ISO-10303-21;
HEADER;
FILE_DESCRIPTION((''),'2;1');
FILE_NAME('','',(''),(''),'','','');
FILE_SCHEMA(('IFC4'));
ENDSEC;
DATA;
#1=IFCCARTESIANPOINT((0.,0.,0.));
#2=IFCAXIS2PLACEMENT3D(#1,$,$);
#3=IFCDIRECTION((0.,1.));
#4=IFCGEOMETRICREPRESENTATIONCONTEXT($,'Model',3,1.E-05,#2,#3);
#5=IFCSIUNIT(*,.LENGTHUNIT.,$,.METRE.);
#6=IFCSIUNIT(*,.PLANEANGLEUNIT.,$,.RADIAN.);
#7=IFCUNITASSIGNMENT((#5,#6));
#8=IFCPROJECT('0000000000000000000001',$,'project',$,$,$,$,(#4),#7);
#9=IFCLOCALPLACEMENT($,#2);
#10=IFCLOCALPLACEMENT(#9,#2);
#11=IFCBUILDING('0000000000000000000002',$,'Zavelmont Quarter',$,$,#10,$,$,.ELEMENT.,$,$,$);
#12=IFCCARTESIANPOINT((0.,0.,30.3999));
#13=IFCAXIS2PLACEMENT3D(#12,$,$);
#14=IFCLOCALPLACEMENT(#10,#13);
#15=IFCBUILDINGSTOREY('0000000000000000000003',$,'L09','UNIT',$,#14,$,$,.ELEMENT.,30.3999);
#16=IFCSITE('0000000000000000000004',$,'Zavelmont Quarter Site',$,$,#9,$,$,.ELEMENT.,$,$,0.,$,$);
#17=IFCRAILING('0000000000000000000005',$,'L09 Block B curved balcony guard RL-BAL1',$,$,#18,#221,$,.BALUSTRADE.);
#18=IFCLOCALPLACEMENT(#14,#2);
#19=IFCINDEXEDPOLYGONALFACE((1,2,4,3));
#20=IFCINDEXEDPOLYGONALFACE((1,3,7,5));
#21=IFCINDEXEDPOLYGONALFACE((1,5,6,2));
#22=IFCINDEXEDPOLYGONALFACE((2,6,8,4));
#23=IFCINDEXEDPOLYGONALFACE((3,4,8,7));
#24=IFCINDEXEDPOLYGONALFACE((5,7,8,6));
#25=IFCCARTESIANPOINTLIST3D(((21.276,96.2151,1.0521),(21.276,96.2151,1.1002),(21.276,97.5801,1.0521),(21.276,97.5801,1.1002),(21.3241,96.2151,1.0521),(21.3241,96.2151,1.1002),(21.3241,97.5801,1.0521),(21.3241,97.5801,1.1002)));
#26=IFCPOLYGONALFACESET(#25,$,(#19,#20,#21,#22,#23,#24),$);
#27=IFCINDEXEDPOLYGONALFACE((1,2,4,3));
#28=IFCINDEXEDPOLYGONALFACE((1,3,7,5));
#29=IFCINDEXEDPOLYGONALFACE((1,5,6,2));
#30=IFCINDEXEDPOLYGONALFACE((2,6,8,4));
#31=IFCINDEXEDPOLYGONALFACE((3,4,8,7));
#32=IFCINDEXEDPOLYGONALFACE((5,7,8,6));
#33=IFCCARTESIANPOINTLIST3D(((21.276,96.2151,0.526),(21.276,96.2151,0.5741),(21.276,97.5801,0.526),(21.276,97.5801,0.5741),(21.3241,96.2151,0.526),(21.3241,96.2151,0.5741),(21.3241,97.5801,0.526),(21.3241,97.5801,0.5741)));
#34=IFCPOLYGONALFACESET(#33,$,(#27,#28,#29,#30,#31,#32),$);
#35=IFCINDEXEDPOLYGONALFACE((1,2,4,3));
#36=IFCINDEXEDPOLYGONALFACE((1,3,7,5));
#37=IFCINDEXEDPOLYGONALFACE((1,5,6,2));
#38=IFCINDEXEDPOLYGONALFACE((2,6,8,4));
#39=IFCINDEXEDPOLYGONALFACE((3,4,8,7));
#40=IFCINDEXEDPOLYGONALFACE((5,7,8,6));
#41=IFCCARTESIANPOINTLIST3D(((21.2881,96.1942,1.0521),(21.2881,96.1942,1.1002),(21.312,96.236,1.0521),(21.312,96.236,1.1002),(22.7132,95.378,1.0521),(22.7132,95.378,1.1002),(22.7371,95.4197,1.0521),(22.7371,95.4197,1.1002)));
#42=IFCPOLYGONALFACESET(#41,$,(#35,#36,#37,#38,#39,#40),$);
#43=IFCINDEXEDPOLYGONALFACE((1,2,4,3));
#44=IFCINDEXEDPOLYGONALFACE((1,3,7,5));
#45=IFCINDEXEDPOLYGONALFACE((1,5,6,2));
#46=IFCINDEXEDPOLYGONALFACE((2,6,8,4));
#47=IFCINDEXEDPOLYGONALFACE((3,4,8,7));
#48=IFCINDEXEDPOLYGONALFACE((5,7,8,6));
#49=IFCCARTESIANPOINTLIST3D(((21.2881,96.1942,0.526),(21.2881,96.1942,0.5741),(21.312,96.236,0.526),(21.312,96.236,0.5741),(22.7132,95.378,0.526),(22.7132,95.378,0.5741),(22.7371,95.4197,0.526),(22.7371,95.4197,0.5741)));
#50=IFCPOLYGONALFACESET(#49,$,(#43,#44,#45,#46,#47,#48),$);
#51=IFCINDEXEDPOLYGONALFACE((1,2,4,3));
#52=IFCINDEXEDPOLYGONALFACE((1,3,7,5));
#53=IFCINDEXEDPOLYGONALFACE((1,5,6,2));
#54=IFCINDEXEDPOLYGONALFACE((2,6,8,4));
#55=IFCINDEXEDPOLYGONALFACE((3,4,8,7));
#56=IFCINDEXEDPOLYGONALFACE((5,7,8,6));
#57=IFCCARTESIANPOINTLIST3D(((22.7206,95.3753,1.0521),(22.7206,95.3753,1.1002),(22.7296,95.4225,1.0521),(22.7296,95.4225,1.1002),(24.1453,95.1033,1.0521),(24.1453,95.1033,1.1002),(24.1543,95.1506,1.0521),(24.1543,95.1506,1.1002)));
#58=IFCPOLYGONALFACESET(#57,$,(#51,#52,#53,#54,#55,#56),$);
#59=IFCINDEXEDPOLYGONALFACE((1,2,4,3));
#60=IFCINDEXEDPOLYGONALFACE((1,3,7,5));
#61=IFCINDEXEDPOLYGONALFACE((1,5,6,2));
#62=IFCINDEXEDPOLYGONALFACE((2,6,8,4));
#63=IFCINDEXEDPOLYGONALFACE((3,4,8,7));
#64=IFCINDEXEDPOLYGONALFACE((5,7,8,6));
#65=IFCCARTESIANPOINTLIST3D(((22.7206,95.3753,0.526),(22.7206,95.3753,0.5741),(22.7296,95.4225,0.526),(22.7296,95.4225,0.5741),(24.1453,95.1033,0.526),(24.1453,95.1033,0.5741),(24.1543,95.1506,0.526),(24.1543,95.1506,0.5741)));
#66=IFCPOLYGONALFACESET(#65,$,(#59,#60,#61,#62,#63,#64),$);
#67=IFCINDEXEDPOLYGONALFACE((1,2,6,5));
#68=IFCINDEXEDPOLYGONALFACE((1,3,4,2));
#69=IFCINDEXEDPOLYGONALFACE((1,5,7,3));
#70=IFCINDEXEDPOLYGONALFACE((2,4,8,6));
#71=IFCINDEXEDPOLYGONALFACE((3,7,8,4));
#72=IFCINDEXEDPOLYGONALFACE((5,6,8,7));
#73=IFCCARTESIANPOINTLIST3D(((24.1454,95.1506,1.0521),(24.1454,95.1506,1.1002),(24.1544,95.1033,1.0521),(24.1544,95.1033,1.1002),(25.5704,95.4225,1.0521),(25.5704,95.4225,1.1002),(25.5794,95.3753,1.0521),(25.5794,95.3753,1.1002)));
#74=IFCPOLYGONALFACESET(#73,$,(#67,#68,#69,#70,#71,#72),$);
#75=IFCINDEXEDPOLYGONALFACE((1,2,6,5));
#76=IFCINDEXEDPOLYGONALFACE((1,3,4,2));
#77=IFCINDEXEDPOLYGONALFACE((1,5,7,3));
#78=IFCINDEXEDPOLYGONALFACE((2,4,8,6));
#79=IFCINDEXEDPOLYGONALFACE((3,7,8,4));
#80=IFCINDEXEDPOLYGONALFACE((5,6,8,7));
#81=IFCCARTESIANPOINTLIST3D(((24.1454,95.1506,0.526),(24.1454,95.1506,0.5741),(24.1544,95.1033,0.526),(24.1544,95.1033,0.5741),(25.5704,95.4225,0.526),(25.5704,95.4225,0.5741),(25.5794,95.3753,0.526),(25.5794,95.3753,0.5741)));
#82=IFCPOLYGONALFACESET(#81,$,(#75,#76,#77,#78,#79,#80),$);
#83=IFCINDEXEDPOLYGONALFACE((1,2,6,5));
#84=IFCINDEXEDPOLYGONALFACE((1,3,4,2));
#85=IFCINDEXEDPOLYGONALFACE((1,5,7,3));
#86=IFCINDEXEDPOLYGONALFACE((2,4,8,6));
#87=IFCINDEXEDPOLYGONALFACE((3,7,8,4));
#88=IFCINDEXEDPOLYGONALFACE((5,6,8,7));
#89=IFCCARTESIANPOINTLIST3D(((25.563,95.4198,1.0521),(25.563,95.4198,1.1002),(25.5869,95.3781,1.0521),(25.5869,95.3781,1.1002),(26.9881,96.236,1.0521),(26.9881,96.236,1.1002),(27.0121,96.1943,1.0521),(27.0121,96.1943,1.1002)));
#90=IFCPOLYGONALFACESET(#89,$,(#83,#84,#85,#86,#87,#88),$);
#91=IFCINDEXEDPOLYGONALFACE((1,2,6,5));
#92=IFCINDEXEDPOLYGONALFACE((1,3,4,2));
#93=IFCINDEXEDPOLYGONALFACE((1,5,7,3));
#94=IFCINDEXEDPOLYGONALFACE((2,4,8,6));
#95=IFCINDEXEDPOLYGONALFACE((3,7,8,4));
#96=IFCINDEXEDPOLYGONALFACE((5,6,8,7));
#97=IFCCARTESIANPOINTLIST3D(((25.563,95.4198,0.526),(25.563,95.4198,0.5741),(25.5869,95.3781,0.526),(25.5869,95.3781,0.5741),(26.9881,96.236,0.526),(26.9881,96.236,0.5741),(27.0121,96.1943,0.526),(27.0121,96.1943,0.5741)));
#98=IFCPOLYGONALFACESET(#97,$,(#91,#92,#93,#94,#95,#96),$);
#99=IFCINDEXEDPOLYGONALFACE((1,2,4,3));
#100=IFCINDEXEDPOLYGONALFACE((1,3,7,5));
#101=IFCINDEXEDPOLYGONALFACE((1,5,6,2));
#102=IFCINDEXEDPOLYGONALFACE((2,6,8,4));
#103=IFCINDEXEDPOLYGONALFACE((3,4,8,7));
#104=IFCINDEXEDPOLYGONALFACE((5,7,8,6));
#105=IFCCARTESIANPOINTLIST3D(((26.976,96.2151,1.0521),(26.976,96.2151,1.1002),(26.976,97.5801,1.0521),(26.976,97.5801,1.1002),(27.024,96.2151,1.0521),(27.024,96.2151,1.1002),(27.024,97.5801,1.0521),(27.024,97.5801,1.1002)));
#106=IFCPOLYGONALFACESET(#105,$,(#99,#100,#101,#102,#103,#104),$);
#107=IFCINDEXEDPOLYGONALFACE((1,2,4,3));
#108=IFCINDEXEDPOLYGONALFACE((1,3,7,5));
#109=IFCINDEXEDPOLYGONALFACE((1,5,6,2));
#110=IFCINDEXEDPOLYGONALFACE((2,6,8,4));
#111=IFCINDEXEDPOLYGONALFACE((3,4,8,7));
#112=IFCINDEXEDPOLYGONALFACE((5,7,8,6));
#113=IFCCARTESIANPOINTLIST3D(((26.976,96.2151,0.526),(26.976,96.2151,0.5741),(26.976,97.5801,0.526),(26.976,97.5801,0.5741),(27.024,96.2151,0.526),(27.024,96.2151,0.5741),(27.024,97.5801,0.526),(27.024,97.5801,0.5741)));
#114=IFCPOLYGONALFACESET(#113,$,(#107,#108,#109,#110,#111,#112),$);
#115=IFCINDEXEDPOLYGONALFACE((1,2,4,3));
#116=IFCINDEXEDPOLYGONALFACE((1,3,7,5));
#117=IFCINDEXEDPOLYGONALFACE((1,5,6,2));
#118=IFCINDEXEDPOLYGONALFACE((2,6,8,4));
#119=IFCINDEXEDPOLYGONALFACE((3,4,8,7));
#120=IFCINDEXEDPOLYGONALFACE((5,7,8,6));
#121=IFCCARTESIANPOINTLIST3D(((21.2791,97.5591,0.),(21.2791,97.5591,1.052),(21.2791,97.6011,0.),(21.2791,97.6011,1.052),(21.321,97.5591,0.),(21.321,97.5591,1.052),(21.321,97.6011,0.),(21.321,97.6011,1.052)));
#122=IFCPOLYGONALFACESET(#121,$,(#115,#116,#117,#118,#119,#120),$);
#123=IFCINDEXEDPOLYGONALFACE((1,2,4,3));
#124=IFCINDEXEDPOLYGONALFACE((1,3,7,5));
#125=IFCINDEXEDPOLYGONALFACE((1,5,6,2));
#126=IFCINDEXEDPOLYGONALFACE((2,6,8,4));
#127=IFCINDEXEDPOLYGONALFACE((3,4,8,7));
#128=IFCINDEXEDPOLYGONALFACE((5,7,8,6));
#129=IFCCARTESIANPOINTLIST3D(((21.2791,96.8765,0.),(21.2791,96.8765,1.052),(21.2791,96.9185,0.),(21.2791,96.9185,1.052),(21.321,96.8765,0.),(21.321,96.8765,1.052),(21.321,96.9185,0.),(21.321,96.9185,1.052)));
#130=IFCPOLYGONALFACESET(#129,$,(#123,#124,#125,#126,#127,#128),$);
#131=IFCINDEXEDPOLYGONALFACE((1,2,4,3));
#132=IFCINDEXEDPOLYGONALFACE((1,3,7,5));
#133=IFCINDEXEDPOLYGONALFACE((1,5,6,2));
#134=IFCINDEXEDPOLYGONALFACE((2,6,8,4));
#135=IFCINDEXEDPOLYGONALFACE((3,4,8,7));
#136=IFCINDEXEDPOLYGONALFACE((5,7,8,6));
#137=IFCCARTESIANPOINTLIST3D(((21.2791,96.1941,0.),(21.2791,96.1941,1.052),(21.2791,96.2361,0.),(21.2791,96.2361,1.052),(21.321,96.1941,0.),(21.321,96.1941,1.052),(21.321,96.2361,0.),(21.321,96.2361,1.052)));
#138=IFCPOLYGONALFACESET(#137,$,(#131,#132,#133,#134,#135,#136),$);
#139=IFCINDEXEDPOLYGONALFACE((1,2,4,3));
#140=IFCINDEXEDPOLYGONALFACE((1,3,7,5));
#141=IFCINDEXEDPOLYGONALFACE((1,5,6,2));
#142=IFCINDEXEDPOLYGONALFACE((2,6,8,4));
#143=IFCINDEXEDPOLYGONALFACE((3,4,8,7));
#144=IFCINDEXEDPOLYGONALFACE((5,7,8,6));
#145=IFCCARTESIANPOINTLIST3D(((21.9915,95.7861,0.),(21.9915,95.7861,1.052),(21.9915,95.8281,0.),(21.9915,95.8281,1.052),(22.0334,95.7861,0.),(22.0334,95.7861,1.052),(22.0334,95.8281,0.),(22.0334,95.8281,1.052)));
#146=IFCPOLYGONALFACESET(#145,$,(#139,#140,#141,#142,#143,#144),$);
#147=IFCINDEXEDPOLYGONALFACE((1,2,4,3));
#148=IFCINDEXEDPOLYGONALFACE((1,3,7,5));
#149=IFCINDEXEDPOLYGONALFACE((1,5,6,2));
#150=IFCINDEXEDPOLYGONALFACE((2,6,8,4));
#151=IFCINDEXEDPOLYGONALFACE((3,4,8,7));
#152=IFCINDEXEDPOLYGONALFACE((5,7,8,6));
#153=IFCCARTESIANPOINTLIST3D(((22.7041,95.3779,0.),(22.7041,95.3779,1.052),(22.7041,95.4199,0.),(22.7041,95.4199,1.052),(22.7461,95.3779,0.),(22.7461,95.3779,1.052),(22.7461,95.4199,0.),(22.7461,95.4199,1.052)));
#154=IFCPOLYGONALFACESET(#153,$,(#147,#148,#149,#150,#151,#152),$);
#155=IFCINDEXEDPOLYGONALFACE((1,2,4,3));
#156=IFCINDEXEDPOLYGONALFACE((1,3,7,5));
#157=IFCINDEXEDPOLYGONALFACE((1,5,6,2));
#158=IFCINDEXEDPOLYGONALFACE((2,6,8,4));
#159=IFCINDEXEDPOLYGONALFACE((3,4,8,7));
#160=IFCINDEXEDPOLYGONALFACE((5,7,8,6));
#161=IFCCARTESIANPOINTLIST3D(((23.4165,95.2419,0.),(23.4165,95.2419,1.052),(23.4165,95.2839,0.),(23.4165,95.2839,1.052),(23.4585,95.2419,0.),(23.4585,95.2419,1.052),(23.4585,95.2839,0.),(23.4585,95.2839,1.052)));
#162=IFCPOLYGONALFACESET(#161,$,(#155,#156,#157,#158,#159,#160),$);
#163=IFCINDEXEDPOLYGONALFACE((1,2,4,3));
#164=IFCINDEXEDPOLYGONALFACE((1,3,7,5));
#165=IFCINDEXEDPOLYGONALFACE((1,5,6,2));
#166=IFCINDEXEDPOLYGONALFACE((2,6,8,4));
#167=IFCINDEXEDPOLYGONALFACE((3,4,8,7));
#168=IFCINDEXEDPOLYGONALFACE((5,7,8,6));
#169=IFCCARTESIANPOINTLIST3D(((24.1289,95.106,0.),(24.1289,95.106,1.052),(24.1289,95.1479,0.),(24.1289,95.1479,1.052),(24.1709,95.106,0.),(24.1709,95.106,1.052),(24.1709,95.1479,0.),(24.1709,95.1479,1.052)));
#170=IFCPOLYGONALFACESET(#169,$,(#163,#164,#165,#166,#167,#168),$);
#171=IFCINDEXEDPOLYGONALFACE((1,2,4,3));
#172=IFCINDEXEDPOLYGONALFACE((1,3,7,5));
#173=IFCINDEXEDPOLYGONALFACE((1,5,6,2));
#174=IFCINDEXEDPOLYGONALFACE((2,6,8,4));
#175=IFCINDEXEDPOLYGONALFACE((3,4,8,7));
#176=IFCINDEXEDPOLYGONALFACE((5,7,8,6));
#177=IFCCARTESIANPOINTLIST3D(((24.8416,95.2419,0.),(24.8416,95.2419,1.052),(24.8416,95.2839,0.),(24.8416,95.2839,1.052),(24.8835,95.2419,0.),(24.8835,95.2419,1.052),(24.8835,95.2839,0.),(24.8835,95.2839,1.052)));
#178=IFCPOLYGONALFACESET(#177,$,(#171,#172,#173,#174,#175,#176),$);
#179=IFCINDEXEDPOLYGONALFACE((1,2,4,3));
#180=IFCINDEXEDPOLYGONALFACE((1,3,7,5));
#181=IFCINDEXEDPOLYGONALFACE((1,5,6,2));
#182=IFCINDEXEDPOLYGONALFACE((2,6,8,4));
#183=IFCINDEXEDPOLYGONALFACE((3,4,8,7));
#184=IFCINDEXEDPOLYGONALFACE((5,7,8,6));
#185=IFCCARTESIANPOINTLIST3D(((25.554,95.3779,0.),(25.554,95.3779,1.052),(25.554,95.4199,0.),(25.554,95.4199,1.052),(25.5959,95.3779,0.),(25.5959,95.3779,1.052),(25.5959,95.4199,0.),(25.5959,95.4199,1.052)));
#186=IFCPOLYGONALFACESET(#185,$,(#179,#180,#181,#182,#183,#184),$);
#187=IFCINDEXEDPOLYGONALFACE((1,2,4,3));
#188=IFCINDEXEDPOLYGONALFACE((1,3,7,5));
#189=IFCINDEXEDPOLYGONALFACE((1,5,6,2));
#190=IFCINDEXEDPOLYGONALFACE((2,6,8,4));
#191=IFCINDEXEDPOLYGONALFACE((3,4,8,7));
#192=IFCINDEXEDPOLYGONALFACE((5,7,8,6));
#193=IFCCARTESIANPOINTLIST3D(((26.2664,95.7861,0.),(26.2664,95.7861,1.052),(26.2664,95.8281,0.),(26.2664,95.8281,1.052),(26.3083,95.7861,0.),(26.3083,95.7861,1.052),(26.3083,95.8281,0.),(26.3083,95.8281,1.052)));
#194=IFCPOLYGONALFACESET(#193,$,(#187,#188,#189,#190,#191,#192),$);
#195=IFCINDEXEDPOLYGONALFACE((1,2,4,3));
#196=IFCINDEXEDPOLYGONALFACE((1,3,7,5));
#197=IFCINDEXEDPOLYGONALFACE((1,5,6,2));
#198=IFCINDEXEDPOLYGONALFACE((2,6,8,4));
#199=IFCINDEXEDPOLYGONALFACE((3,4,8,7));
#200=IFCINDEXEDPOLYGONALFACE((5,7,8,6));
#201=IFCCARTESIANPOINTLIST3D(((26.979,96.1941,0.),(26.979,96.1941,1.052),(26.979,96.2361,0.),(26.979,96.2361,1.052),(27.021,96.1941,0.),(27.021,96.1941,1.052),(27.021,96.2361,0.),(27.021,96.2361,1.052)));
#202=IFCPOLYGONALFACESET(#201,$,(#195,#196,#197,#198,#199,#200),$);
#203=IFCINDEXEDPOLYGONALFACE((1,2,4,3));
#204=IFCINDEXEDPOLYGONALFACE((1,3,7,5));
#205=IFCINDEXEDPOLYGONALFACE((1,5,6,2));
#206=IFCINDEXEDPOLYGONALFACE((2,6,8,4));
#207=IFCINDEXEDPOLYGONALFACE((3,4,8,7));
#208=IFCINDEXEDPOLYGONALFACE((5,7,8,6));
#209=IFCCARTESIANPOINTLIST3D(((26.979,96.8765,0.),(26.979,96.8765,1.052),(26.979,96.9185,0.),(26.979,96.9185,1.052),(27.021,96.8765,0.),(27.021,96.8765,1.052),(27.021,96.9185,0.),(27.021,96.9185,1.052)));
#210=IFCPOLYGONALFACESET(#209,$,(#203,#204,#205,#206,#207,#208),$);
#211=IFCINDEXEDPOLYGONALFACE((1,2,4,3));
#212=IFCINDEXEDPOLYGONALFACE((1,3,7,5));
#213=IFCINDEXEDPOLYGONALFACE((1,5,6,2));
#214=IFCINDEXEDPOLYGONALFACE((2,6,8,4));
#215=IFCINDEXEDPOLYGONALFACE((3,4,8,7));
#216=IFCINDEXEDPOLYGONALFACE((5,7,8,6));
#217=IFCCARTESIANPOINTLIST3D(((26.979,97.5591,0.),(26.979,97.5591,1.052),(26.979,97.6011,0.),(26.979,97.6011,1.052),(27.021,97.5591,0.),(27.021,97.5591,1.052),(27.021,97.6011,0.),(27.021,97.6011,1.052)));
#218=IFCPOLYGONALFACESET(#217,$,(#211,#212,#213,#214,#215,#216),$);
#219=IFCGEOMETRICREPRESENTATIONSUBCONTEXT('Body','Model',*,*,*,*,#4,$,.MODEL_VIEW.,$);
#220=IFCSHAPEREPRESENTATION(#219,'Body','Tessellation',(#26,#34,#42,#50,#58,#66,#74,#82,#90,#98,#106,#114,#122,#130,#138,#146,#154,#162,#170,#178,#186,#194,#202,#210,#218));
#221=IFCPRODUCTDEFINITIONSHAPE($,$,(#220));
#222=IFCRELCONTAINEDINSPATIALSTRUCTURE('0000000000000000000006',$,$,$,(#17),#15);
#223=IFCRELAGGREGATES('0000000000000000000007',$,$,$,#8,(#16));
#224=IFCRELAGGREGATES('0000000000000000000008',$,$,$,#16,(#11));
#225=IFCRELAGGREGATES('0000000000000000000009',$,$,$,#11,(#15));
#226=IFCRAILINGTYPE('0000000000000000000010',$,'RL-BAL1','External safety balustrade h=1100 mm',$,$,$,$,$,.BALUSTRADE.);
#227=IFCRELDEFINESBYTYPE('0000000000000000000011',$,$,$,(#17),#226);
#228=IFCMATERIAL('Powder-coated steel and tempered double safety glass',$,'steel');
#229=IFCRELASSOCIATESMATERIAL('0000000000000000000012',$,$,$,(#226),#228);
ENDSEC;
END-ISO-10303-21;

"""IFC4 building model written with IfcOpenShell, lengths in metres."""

from ifc_helpers import new_model, si_unit, direction, frame, origin, origin_2d, place, context, subcontext, project, spatial, rectangle, extrude, material, type_object, element, save


model = new_model("IFC4")

# Units and contexts
model_context = context("Model", 3, precision=1e-05, world=origin(), true_north=direction((0.0, 1.0)))
body_context = subcontext(model_context, "Body", "Model", "MODEL_VIEW")
ifc_project = project(units=[si_unit("LENGTHUNIT", "METRE"), si_unit("PLANEANGLEUNIT", "RADIAN")], contexts=[model_context])

# Site, building, storey
site_placement = place(None, origin())
site = spatial("IfcSite", under=ifc_project, at=site_placement, Name="Zavelmont Quarter Site", CompositionType="ELEMENT", RefElevation=0.0)
building_placement = place(site_placement, origin())
building = spatial("IfcBuilding", under=site, at=building_placement, Name="Zavelmont Quarter", CompositionType="ELEMENT")
storey_placement = place(building_placement, frame((0.0, 0.0, 30.3999)))
storey = spatial("IfcBuildingStorey", under=building, at=storey_placement, Name="L09", Description="UNIT", CompositionType="ELEMENT", Elevation=30.3999)

# Railing
ifc_material_1 = material(Name="Powder-coated steel and tempered double safety glass", Category="steel")
railing_type_1 = type_object("IfcRailingType", Name="RL-BAL1", Description="External safety balustrade h=1100 mm", PredefinedType="BALUSTRADE", material=ifc_material_1)
railing_1_placement = place(storey_placement, frame((21.3, 97.5801, 0.0)))
element("IfcRailing", 1, at=railing_1_placement, inside=storey, type_object=railing_type_1, Name="L09 Block B curved balcony guard RL-BAL1", PredefinedType="BALUSTRADE", context=body_context, shape_type="SweptSolid", body=[
    extrude(rectangle(XDim=0.0481, YDim=0.0481, at=origin_2d()), frame((0.0, 0.0, 1.0762), z_axis=(0.0, -1.0, 0.0), x_axis=(1.0, 0.0, 0.0)), (0.0, 0.0, 1.0), 1.365),
    extrude(rectangle(XDim=0.0481, YDim=0.0481, at=origin_2d()), frame((0.0, 0.0, 0.55), z_axis=(0.0, -1.0, 0.0), x_axis=(1.0, 0.0, 0.0)), (0.0, 0.0, 1.0), 1.365),
    extrude(rectangle(XDim=0.0481, YDim=0.0481, at=origin_2d()), frame((0.0, -1.365, 1.0762), z_axis=(0.867758, -0.496987, 0.0), x_axis=(0.496987, 0.867758, 0.0)), (0.0, 0.0, 1.0), 1.6423),
    extrude(rectangle(XDim=0.0481, YDim=0.0481, at=origin_2d()), frame((0.0, -1.365, 0.55), z_axis=(0.867758, -0.496987, 0.0), x_axis=(0.496987, 0.867758, 0.0)), (0.0, 0.0, 1.0), 1.6423),
    extrude(rectangle(XDim=0.0481, YDim=0.0481, at=origin_2d()), frame((1.425, -2.1812, 1.0762), z_axis=(0.982265, -0.187499, 0.0), x_axis=(0.187499, 0.982265, 0.0)), (0.0, 0.0, 1.0), 1.4504),
    extrude(rectangle(XDim=0.0481, YDim=0.0481, at=origin_2d()), frame((1.425, -2.1812, 0.55), z_axis=(0.982265, -0.187499, 0.0), x_axis=(0.187499, 0.982265, 0.0)), (0.0, 0.0, 1.0), 1.4504),
    extrude(rectangle(XDim=0.0481, YDim=0.0481, at=origin_2d()), frame((2.8499, -2.4531, 1.0762), z_axis=(0.982271, 0.187468, 0.0), x_axis=(-0.187468, 0.982271, 0.0)), (0.0, 0.0, 1.0), 1.4507),
    extrude(rectangle(XDim=0.0481, YDim=0.0481, at=origin_2d()), frame((2.8499, -2.4531, 0.55), z_axis=(0.982271, 0.187468, 0.0), x_axis=(-0.187468, 0.982271, 0.0)), (0.0, 0.0, 1.0), 1.4507),
    extrude(rectangle(XDim=0.0481, YDim=0.0481, at=origin_2d()), frame((4.2749, -2.1812, 1.0762), z_axis=(0.867758, 0.496987, 0.0), x_axis=(-0.496987, 0.867758, 0.0)), (0.0, 0.0, 1.0), 1.6423),
    extrude(rectangle(XDim=0.0481, YDim=0.0481, at=origin_2d()), frame((4.2749, -2.1812, 0.55), z_axis=(0.867758, 0.496987, 0.0), x_axis=(-0.496987, 0.867758, 0.0)), (0.0, 0.0, 1.0), 1.6423),
    extrude(rectangle(XDim=0.0481, YDim=0.0481, at=origin_2d()), frame((5.7, -1.365, 1.0762), z_axis=(0.0, 1.0, 0.0), x_axis=(-1.0, 0.0, 0.0)), (0.0, 0.0, 1.0), 1.365),
    extrude(rectangle(XDim=0.0481, YDim=0.0481, at=origin_2d()), frame((5.7, -1.365, 0.55), z_axis=(0.0, 1.0, 0.0), x_axis=(-1.0, 0.0, 0.0)), (0.0, 0.0, 1.0), 1.365),
    extrude(rectangle(XDim=0.042, YDim=0.042, at=origin_2d()), origin(), (0.0, 0.0, 1.0), 1.052),
    extrude(rectangle(XDim=0.042, YDim=0.042, at=origin_2d()), frame((0.0, -0.6826, 0.0)), (0.0, 0.0, 1.0), 1.052),
    extrude(rectangle(XDim=0.042, YDim=0.042, at=origin_2d()), frame((0.0, -1.365, 0.0)), (0.0, 0.0, 1.0), 1.052),
    extrude(rectangle(XDim=0.042, YDim=0.042, at=origin_2d()), frame((0.7124, -1.7729, 0.0)), (0.0, 0.0, 1.0), 1.052),
    extrude(rectangle(XDim=0.042, YDim=0.042, at=origin_2d()), frame((1.425, -2.1812, 0.0)), (0.0, 0.0, 1.0), 1.052),
    extrude(rectangle(XDim=0.042, YDim=0.042, at=origin_2d()), frame((2.1375, -2.3171, 0.0)), (0.0, 0.0, 1.0), 1.052),
    extrude(rectangle(XDim=0.042, YDim=0.042, at=origin_2d()), frame((2.8499, -2.4531, 0.0)), (0.0, 0.0, 1.0), 1.052),
    extrude(rectangle(XDim=0.042, YDim=0.042, at=origin_2d()), frame((3.5625, -2.3171, 0.0)), (0.0, 0.0, 1.0), 1.052),
    extrude(rectangle(XDim=0.042, YDim=0.042, at=origin_2d()), frame((4.2749, -2.1812, 0.0)), (0.0, 0.0, 1.0), 1.052),
    extrude(rectangle(XDim=0.042, YDim=0.042, at=origin_2d()), frame((4.9873, -1.7729, 0.0)), (0.0, 0.0, 1.0), 1.052),
    extrude(rectangle(XDim=0.042, YDim=0.042, at=origin_2d()), frame((5.7, -1.365, 0.0)), (0.0, 0.0, 1.0), 1.052),
    extrude(rectangle(XDim=0.042, YDim=0.042, at=origin_2d()), frame((5.7, -0.6826, 0.0)), (0.0, 0.0, 1.0), 1.052),
    extrude(rectangle(XDim=0.042, YDim=0.042, at=origin_2d()), frame((5.7, 0.0, 0.0)), (0.0, 0.0, 1.0), 1.052),
])

save(model, "model.ifc")
